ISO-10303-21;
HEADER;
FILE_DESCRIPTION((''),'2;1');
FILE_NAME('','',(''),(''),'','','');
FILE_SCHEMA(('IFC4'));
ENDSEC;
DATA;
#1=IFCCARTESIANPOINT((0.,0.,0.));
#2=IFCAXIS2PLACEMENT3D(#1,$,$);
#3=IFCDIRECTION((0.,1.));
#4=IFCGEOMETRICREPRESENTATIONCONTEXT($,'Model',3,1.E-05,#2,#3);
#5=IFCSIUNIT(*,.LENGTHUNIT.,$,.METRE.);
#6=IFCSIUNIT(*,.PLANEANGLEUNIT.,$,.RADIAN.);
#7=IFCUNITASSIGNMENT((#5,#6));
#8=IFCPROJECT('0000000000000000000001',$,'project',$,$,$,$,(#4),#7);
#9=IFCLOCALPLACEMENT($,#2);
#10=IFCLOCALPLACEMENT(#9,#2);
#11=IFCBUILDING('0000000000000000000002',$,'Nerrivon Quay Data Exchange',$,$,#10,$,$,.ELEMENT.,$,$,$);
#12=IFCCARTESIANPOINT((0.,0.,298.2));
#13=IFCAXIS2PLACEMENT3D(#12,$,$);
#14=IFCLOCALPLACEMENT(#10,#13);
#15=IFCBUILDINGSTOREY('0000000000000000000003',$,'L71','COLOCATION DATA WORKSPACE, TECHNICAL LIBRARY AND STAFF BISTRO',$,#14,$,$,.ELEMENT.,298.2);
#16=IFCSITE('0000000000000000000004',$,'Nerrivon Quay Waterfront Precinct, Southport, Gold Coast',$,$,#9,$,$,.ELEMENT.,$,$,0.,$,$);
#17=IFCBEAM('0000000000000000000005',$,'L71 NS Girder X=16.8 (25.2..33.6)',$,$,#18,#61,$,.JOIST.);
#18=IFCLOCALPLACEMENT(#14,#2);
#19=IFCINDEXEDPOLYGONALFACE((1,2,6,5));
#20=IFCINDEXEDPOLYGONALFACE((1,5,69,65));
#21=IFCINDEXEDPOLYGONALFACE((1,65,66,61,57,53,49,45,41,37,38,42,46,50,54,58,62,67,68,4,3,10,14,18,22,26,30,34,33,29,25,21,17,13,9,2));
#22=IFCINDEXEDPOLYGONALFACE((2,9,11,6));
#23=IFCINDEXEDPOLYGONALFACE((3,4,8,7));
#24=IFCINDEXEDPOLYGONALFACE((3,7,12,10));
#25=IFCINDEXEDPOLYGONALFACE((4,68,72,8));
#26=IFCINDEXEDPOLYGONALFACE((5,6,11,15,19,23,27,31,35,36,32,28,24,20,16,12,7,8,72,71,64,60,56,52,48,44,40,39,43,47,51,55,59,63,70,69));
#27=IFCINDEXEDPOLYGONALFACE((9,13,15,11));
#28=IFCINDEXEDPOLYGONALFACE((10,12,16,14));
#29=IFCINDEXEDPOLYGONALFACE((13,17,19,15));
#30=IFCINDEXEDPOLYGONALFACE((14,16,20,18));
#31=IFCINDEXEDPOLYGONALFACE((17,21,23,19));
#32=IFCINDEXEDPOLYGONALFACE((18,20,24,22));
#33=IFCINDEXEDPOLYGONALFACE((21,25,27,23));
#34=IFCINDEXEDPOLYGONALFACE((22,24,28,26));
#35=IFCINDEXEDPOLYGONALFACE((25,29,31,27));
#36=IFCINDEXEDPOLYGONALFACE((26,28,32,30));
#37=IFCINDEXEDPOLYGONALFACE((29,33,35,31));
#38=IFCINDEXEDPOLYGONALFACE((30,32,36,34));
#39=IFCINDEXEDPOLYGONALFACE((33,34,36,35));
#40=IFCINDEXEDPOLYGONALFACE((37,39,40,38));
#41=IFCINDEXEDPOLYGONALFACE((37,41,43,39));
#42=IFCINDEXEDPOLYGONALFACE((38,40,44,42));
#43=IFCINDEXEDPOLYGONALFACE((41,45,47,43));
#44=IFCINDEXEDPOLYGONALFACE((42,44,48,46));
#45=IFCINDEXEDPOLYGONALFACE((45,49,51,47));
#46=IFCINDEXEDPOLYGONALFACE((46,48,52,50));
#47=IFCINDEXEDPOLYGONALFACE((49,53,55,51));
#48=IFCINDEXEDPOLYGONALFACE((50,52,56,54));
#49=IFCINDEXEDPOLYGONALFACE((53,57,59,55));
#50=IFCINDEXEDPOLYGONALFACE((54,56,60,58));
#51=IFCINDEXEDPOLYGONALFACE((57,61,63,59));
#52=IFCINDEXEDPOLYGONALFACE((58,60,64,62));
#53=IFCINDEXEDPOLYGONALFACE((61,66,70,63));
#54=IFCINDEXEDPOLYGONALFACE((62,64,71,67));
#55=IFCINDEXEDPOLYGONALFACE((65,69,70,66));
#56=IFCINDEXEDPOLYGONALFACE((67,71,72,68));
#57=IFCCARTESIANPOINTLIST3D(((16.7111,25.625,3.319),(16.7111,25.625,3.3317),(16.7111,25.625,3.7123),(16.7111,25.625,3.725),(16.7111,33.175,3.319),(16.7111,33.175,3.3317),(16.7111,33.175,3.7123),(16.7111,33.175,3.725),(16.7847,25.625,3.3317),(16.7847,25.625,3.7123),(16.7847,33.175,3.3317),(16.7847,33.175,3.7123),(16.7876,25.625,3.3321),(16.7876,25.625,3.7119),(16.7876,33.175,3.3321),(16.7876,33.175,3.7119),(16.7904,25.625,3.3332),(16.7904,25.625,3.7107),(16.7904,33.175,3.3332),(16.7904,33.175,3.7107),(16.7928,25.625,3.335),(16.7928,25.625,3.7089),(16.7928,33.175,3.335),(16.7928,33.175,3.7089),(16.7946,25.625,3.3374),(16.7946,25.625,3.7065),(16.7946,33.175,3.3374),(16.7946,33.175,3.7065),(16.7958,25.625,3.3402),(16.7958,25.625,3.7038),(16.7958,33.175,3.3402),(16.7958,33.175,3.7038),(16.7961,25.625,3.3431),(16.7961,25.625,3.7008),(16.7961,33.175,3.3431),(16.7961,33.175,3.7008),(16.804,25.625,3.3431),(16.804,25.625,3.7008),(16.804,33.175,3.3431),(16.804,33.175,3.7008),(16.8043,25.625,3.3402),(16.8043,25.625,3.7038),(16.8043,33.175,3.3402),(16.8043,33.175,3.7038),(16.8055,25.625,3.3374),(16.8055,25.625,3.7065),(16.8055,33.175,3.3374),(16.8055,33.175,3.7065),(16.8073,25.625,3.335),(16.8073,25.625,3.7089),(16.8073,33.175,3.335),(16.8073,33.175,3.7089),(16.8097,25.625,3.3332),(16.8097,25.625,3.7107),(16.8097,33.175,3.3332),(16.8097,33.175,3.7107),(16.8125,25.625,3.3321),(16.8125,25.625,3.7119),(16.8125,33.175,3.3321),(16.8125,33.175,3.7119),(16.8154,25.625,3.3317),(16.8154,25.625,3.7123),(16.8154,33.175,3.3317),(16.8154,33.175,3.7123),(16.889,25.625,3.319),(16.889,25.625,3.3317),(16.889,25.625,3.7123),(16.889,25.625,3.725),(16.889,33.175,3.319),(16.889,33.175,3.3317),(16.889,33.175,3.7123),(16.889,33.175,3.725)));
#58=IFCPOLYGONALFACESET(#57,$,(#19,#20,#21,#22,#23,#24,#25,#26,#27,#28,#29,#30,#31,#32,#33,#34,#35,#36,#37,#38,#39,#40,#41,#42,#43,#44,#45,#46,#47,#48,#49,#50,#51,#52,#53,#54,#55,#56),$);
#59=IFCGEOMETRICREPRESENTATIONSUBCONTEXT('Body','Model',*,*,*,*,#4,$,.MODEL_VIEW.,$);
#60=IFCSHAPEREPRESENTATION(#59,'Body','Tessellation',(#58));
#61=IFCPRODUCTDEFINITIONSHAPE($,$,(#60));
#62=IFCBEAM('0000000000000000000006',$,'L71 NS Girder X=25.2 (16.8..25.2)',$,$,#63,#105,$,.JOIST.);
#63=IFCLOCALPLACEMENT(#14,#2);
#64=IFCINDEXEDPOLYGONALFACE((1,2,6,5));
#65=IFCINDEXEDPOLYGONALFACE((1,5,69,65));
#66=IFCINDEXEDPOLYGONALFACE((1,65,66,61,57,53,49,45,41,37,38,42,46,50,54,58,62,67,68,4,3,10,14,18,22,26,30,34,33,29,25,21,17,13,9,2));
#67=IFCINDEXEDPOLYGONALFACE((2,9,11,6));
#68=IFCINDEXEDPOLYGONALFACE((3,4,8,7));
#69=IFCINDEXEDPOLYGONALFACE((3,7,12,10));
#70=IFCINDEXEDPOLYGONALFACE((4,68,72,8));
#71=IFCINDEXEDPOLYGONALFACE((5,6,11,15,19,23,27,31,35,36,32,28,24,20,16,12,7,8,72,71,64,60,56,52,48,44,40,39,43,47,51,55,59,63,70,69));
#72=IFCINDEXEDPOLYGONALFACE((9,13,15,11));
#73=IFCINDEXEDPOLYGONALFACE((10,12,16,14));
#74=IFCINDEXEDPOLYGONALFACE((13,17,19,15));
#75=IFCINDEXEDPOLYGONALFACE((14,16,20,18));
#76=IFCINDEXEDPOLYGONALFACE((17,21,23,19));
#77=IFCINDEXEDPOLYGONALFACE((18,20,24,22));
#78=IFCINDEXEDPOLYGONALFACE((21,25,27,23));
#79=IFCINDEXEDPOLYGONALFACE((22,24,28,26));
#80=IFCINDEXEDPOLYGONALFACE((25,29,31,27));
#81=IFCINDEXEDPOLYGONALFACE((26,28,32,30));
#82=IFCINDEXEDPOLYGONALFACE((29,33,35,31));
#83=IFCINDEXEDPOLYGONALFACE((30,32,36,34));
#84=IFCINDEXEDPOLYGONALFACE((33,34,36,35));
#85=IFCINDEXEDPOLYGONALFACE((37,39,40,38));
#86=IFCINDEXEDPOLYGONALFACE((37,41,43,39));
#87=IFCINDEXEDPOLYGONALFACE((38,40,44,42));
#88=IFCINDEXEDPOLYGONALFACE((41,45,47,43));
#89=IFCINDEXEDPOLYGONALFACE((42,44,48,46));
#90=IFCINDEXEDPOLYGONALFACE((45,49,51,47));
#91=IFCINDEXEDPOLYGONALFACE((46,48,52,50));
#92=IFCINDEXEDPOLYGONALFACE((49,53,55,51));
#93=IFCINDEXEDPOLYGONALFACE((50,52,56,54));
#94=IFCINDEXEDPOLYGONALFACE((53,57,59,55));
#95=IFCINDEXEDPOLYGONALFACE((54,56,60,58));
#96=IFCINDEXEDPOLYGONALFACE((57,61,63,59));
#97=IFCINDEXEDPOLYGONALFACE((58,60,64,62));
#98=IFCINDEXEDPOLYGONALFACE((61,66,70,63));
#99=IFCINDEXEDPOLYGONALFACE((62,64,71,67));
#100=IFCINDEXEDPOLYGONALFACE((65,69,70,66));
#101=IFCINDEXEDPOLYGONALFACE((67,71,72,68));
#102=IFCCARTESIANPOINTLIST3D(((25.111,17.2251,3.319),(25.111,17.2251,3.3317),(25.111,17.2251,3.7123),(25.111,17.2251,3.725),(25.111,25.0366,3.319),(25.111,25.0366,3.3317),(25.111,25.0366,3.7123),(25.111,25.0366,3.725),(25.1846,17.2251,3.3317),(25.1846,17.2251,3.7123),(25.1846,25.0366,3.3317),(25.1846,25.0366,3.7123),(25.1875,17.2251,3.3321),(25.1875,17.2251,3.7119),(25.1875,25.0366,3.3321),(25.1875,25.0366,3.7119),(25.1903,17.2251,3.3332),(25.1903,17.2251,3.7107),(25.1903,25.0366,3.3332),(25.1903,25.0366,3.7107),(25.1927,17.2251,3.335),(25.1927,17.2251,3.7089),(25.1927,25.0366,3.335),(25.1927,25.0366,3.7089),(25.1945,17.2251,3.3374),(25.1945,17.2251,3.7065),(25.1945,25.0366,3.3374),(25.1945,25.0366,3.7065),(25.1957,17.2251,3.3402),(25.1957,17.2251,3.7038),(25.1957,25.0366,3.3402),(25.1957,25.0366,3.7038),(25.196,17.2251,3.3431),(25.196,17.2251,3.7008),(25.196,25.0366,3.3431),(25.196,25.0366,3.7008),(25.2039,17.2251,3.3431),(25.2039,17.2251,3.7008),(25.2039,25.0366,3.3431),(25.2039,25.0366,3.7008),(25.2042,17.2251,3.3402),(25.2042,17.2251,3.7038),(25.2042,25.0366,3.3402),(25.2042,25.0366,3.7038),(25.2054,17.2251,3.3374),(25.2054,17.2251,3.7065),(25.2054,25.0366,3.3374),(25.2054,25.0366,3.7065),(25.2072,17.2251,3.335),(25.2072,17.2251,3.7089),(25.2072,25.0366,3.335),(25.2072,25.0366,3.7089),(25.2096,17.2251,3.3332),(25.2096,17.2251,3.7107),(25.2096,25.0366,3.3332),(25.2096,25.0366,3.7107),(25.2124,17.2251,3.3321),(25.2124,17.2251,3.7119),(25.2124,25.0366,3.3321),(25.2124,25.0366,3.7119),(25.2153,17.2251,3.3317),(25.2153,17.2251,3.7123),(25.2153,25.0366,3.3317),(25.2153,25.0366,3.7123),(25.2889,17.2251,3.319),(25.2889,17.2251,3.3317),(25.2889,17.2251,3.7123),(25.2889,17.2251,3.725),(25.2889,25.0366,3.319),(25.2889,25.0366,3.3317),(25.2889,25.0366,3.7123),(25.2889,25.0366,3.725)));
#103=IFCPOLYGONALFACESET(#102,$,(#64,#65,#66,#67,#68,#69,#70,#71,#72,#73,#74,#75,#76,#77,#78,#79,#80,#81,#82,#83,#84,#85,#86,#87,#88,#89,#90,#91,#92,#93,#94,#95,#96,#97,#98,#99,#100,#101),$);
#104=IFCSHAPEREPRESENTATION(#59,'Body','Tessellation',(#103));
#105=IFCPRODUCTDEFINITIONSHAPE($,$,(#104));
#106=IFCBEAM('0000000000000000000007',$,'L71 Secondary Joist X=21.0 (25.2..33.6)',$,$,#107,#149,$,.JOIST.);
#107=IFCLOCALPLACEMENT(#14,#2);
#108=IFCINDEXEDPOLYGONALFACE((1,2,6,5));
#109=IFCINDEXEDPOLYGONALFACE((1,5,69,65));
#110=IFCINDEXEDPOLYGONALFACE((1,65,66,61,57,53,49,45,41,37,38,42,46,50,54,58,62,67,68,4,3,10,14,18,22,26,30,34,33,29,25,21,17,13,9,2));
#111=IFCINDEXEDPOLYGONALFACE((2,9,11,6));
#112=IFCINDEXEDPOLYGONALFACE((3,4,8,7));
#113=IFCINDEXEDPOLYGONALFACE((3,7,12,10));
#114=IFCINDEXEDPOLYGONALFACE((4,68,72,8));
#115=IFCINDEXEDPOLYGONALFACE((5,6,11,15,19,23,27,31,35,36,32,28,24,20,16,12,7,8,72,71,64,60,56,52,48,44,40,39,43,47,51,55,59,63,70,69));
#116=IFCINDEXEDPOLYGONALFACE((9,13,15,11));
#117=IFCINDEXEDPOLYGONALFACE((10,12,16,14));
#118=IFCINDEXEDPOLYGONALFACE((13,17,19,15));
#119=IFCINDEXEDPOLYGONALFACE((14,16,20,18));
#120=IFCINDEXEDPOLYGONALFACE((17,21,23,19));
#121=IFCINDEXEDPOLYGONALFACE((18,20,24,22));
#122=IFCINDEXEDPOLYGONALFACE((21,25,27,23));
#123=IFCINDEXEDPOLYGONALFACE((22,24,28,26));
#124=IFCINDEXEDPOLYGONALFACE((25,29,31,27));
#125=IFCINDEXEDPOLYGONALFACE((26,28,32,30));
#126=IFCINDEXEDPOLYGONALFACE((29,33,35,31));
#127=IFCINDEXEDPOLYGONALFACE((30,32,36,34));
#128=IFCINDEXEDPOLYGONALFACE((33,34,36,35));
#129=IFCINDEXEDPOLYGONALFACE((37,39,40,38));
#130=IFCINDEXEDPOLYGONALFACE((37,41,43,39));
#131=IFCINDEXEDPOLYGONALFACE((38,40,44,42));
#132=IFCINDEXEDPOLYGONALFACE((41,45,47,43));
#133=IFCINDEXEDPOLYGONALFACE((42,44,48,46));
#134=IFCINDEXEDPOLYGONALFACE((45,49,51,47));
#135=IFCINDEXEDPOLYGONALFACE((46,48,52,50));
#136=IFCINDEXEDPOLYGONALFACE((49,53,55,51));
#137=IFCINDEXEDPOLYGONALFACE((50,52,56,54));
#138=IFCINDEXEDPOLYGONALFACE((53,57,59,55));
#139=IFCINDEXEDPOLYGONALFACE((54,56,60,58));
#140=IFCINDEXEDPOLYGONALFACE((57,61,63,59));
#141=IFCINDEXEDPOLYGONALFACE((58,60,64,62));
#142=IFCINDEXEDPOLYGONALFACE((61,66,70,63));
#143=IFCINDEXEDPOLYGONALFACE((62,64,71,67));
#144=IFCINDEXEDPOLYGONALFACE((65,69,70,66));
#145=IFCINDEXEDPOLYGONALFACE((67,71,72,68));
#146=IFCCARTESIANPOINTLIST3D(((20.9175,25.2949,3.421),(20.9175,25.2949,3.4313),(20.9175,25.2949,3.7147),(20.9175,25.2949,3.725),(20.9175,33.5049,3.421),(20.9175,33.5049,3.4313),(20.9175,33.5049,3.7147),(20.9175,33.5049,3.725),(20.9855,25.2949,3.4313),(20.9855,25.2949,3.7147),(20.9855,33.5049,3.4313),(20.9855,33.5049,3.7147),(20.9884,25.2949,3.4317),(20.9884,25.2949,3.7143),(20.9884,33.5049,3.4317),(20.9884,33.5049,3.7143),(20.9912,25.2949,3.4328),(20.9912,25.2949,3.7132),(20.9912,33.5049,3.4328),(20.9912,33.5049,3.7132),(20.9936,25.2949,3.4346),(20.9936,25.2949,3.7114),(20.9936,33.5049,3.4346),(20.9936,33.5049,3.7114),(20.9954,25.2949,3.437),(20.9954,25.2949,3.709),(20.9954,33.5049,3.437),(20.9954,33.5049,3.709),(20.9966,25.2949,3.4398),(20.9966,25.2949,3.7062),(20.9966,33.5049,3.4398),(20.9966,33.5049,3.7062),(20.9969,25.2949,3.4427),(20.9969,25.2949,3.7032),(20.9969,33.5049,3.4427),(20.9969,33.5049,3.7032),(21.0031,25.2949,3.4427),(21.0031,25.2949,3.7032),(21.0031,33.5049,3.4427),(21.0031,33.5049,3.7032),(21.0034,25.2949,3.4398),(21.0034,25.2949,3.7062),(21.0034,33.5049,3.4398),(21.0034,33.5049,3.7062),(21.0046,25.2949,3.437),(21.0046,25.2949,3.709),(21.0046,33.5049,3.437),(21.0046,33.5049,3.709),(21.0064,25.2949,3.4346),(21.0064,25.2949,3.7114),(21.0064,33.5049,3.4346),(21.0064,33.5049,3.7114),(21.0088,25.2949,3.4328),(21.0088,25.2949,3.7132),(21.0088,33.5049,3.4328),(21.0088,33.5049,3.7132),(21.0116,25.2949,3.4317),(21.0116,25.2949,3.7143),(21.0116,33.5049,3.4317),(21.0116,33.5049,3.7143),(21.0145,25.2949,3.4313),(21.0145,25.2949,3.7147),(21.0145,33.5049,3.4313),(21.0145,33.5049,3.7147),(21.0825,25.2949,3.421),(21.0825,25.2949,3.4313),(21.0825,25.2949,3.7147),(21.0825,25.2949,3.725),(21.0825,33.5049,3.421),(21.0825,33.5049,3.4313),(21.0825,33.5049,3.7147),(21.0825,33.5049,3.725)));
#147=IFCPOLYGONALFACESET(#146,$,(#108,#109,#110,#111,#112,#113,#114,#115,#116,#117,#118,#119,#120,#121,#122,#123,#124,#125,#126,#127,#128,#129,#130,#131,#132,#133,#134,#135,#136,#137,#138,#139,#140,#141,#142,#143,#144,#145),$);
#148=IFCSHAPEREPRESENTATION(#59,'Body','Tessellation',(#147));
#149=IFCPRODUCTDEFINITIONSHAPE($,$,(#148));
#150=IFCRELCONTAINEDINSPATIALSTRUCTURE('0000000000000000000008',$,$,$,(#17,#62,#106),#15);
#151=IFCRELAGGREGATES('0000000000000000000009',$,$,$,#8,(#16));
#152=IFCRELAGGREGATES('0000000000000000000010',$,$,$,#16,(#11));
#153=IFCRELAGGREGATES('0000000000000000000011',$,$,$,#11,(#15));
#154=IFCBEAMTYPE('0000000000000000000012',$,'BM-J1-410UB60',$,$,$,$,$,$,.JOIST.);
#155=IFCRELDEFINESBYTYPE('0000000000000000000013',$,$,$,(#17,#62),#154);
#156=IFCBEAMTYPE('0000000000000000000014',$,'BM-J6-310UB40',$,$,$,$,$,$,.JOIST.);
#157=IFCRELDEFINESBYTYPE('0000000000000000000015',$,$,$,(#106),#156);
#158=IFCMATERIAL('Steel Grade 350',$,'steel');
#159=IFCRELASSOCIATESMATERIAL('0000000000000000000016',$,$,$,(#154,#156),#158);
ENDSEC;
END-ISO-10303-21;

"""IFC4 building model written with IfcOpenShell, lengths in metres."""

from ifc_helpers import new_model, si_unit, direction, frame, origin, origin_2d, place, context, subcontext, project, spatial, i_section, extrude, material, material_profile, profile_set, type_object, element, save


model = new_model("IFC4")

# Units and contexts
model_context = context("Model", 3, precision=1e-05, world=origin(), true_north=direction((0.0, 1.0)))
body_context = subcontext(model_context, "Body", "Model", "MODEL_VIEW")
ifc_project = project(units=[si_unit("LENGTHUNIT", "METRE"), si_unit("PLANEANGLEUNIT", "RADIAN")], contexts=[model_context])

# Site, building, storey
site_placement = place(None, origin())
site = spatial("IfcSite", under=ifc_project, at=site_placement, Name="Nerrivon Quay Waterfront Precinct, Southport, Gold Coast", CompositionType="ELEMENT", RefElevation=0.0)
building_placement = place(site_placement, origin())
building = spatial("IfcBuilding", under=site, at=building_placement, Name="Nerrivon Quay Data Exchange", CompositionType="ELEMENT")
storey_placement = place(building_placement, frame((0.0, 0.0, 298.2)))
storey = spatial("IfcBuildingStorey", under=building, at=storey_placement, Name="L71", Description="COLOCATION DATA WORKSPACE, TECHNICAL LIBRARY AND STAFF BISTRO", CompositionType="ELEMENT", Elevation=298.2)

# Shared definitions
ifc_material_1 = material(Name="Steel Grade 350", Category="steel")

# Beams
ifc_material_profile_1 = material_profile(ifc_material_1, i_section(OverallWidth=0.178, OverallDepth=0.406, WebThickness=0.0078, FlangeThickness=0.0127, FilletRadius=0.0115, at=origin_2d()), Name="410UB59.7")
ifc_profile_set_1 = profile_set([ifc_material_profile_1], Name="Steel Grade 350")
beam_type_1 = type_object("IfcBeamType", Name="BM-J1-410UB60", PredefinedType="JOIST", material=ifc_profile_set_1)
beam_1_placement = place(storey_placement, frame((16.8, 25.625, 3.522), z_axis=(0.0, 1.0, 0.0), x_axis=(-1.0, 0.0, 0.0)))
element("IfcBeam", 1, at=beam_1_placement, inside=storey, type_object=beam_type_1, Name="L71 NS Girder X=16.8 (25.2..33.6)", PredefinedType="JOIST", context=body_context, shape_type="SweptSolid", body=[
    extrude(i_section(OverallWidth=0.178, OverallDepth=0.406, WebThickness=0.0078, FlangeThickness=0.0127, FilletRadius=0.0115, at=origin_2d()), origin(), (0.0, 0.0, 1.0), 7.55),
])
beam_2_placement = place(storey_placement, frame((25.2, 17.2251, 3.522), z_axis=(0.0, 1.0, 0.0), x_axis=(-1.0, 0.0, 0.0)))
element("IfcBeam", 2, at=beam_2_placement, inside=storey, type_object=beam_type_1, Name="L71 NS Girder X=25.2 (16.8..25.2)", PredefinedType="JOIST", context=body_context, shape_type="SweptSolid", body=[
    extrude(i_section(OverallWidth=0.178, OverallDepth=0.406, WebThickness=0.0078, FlangeThickness=0.0127, FilletRadius=0.0115, at=origin_2d()), origin(), (0.0, 0.0, 1.0), 7.8115),
])
ifc_material_profile_2 = material_profile(ifc_material_1, i_section(OverallWidth=0.165, OverallDepth=0.304, WebThickness=0.0061, FlangeThickness=0.0103, FilletRadius=0.0115, at=origin_2d()), Name="310UB40.4")
ifc_profile_set_2 = profile_set([ifc_material_profile_2], Name="Steel Grade 350")
beam_type_2 = type_object("IfcBeamType", Name="BM-J6-310UB40", PredefinedType="JOIST", material=ifc_profile_set_2)
beam_3_placement = place(storey_placement, frame((21.0, 25.2949, 3.573), z_axis=(0.0, 1.0, 0.0), x_axis=(-1.0, 0.0, 0.0)))
element("IfcBeam", 3, at=beam_3_placement, inside=storey, type_object=beam_type_2, Name="L71 Secondary Joist X=21.0 (25.2..33.6)", PredefinedType="JOIST", context=body_context, shape_type="SweptSolid", body=[
    extrude(i_section(OverallWidth=0.165, OverallDepth=0.304, WebThickness=0.0061, FlangeThickness=0.0103, FilletRadius=0.0115, at=origin_2d()), origin(), (0.0, 0.0, 1.0), 8.21),
])

save(model, "model.ifc")
